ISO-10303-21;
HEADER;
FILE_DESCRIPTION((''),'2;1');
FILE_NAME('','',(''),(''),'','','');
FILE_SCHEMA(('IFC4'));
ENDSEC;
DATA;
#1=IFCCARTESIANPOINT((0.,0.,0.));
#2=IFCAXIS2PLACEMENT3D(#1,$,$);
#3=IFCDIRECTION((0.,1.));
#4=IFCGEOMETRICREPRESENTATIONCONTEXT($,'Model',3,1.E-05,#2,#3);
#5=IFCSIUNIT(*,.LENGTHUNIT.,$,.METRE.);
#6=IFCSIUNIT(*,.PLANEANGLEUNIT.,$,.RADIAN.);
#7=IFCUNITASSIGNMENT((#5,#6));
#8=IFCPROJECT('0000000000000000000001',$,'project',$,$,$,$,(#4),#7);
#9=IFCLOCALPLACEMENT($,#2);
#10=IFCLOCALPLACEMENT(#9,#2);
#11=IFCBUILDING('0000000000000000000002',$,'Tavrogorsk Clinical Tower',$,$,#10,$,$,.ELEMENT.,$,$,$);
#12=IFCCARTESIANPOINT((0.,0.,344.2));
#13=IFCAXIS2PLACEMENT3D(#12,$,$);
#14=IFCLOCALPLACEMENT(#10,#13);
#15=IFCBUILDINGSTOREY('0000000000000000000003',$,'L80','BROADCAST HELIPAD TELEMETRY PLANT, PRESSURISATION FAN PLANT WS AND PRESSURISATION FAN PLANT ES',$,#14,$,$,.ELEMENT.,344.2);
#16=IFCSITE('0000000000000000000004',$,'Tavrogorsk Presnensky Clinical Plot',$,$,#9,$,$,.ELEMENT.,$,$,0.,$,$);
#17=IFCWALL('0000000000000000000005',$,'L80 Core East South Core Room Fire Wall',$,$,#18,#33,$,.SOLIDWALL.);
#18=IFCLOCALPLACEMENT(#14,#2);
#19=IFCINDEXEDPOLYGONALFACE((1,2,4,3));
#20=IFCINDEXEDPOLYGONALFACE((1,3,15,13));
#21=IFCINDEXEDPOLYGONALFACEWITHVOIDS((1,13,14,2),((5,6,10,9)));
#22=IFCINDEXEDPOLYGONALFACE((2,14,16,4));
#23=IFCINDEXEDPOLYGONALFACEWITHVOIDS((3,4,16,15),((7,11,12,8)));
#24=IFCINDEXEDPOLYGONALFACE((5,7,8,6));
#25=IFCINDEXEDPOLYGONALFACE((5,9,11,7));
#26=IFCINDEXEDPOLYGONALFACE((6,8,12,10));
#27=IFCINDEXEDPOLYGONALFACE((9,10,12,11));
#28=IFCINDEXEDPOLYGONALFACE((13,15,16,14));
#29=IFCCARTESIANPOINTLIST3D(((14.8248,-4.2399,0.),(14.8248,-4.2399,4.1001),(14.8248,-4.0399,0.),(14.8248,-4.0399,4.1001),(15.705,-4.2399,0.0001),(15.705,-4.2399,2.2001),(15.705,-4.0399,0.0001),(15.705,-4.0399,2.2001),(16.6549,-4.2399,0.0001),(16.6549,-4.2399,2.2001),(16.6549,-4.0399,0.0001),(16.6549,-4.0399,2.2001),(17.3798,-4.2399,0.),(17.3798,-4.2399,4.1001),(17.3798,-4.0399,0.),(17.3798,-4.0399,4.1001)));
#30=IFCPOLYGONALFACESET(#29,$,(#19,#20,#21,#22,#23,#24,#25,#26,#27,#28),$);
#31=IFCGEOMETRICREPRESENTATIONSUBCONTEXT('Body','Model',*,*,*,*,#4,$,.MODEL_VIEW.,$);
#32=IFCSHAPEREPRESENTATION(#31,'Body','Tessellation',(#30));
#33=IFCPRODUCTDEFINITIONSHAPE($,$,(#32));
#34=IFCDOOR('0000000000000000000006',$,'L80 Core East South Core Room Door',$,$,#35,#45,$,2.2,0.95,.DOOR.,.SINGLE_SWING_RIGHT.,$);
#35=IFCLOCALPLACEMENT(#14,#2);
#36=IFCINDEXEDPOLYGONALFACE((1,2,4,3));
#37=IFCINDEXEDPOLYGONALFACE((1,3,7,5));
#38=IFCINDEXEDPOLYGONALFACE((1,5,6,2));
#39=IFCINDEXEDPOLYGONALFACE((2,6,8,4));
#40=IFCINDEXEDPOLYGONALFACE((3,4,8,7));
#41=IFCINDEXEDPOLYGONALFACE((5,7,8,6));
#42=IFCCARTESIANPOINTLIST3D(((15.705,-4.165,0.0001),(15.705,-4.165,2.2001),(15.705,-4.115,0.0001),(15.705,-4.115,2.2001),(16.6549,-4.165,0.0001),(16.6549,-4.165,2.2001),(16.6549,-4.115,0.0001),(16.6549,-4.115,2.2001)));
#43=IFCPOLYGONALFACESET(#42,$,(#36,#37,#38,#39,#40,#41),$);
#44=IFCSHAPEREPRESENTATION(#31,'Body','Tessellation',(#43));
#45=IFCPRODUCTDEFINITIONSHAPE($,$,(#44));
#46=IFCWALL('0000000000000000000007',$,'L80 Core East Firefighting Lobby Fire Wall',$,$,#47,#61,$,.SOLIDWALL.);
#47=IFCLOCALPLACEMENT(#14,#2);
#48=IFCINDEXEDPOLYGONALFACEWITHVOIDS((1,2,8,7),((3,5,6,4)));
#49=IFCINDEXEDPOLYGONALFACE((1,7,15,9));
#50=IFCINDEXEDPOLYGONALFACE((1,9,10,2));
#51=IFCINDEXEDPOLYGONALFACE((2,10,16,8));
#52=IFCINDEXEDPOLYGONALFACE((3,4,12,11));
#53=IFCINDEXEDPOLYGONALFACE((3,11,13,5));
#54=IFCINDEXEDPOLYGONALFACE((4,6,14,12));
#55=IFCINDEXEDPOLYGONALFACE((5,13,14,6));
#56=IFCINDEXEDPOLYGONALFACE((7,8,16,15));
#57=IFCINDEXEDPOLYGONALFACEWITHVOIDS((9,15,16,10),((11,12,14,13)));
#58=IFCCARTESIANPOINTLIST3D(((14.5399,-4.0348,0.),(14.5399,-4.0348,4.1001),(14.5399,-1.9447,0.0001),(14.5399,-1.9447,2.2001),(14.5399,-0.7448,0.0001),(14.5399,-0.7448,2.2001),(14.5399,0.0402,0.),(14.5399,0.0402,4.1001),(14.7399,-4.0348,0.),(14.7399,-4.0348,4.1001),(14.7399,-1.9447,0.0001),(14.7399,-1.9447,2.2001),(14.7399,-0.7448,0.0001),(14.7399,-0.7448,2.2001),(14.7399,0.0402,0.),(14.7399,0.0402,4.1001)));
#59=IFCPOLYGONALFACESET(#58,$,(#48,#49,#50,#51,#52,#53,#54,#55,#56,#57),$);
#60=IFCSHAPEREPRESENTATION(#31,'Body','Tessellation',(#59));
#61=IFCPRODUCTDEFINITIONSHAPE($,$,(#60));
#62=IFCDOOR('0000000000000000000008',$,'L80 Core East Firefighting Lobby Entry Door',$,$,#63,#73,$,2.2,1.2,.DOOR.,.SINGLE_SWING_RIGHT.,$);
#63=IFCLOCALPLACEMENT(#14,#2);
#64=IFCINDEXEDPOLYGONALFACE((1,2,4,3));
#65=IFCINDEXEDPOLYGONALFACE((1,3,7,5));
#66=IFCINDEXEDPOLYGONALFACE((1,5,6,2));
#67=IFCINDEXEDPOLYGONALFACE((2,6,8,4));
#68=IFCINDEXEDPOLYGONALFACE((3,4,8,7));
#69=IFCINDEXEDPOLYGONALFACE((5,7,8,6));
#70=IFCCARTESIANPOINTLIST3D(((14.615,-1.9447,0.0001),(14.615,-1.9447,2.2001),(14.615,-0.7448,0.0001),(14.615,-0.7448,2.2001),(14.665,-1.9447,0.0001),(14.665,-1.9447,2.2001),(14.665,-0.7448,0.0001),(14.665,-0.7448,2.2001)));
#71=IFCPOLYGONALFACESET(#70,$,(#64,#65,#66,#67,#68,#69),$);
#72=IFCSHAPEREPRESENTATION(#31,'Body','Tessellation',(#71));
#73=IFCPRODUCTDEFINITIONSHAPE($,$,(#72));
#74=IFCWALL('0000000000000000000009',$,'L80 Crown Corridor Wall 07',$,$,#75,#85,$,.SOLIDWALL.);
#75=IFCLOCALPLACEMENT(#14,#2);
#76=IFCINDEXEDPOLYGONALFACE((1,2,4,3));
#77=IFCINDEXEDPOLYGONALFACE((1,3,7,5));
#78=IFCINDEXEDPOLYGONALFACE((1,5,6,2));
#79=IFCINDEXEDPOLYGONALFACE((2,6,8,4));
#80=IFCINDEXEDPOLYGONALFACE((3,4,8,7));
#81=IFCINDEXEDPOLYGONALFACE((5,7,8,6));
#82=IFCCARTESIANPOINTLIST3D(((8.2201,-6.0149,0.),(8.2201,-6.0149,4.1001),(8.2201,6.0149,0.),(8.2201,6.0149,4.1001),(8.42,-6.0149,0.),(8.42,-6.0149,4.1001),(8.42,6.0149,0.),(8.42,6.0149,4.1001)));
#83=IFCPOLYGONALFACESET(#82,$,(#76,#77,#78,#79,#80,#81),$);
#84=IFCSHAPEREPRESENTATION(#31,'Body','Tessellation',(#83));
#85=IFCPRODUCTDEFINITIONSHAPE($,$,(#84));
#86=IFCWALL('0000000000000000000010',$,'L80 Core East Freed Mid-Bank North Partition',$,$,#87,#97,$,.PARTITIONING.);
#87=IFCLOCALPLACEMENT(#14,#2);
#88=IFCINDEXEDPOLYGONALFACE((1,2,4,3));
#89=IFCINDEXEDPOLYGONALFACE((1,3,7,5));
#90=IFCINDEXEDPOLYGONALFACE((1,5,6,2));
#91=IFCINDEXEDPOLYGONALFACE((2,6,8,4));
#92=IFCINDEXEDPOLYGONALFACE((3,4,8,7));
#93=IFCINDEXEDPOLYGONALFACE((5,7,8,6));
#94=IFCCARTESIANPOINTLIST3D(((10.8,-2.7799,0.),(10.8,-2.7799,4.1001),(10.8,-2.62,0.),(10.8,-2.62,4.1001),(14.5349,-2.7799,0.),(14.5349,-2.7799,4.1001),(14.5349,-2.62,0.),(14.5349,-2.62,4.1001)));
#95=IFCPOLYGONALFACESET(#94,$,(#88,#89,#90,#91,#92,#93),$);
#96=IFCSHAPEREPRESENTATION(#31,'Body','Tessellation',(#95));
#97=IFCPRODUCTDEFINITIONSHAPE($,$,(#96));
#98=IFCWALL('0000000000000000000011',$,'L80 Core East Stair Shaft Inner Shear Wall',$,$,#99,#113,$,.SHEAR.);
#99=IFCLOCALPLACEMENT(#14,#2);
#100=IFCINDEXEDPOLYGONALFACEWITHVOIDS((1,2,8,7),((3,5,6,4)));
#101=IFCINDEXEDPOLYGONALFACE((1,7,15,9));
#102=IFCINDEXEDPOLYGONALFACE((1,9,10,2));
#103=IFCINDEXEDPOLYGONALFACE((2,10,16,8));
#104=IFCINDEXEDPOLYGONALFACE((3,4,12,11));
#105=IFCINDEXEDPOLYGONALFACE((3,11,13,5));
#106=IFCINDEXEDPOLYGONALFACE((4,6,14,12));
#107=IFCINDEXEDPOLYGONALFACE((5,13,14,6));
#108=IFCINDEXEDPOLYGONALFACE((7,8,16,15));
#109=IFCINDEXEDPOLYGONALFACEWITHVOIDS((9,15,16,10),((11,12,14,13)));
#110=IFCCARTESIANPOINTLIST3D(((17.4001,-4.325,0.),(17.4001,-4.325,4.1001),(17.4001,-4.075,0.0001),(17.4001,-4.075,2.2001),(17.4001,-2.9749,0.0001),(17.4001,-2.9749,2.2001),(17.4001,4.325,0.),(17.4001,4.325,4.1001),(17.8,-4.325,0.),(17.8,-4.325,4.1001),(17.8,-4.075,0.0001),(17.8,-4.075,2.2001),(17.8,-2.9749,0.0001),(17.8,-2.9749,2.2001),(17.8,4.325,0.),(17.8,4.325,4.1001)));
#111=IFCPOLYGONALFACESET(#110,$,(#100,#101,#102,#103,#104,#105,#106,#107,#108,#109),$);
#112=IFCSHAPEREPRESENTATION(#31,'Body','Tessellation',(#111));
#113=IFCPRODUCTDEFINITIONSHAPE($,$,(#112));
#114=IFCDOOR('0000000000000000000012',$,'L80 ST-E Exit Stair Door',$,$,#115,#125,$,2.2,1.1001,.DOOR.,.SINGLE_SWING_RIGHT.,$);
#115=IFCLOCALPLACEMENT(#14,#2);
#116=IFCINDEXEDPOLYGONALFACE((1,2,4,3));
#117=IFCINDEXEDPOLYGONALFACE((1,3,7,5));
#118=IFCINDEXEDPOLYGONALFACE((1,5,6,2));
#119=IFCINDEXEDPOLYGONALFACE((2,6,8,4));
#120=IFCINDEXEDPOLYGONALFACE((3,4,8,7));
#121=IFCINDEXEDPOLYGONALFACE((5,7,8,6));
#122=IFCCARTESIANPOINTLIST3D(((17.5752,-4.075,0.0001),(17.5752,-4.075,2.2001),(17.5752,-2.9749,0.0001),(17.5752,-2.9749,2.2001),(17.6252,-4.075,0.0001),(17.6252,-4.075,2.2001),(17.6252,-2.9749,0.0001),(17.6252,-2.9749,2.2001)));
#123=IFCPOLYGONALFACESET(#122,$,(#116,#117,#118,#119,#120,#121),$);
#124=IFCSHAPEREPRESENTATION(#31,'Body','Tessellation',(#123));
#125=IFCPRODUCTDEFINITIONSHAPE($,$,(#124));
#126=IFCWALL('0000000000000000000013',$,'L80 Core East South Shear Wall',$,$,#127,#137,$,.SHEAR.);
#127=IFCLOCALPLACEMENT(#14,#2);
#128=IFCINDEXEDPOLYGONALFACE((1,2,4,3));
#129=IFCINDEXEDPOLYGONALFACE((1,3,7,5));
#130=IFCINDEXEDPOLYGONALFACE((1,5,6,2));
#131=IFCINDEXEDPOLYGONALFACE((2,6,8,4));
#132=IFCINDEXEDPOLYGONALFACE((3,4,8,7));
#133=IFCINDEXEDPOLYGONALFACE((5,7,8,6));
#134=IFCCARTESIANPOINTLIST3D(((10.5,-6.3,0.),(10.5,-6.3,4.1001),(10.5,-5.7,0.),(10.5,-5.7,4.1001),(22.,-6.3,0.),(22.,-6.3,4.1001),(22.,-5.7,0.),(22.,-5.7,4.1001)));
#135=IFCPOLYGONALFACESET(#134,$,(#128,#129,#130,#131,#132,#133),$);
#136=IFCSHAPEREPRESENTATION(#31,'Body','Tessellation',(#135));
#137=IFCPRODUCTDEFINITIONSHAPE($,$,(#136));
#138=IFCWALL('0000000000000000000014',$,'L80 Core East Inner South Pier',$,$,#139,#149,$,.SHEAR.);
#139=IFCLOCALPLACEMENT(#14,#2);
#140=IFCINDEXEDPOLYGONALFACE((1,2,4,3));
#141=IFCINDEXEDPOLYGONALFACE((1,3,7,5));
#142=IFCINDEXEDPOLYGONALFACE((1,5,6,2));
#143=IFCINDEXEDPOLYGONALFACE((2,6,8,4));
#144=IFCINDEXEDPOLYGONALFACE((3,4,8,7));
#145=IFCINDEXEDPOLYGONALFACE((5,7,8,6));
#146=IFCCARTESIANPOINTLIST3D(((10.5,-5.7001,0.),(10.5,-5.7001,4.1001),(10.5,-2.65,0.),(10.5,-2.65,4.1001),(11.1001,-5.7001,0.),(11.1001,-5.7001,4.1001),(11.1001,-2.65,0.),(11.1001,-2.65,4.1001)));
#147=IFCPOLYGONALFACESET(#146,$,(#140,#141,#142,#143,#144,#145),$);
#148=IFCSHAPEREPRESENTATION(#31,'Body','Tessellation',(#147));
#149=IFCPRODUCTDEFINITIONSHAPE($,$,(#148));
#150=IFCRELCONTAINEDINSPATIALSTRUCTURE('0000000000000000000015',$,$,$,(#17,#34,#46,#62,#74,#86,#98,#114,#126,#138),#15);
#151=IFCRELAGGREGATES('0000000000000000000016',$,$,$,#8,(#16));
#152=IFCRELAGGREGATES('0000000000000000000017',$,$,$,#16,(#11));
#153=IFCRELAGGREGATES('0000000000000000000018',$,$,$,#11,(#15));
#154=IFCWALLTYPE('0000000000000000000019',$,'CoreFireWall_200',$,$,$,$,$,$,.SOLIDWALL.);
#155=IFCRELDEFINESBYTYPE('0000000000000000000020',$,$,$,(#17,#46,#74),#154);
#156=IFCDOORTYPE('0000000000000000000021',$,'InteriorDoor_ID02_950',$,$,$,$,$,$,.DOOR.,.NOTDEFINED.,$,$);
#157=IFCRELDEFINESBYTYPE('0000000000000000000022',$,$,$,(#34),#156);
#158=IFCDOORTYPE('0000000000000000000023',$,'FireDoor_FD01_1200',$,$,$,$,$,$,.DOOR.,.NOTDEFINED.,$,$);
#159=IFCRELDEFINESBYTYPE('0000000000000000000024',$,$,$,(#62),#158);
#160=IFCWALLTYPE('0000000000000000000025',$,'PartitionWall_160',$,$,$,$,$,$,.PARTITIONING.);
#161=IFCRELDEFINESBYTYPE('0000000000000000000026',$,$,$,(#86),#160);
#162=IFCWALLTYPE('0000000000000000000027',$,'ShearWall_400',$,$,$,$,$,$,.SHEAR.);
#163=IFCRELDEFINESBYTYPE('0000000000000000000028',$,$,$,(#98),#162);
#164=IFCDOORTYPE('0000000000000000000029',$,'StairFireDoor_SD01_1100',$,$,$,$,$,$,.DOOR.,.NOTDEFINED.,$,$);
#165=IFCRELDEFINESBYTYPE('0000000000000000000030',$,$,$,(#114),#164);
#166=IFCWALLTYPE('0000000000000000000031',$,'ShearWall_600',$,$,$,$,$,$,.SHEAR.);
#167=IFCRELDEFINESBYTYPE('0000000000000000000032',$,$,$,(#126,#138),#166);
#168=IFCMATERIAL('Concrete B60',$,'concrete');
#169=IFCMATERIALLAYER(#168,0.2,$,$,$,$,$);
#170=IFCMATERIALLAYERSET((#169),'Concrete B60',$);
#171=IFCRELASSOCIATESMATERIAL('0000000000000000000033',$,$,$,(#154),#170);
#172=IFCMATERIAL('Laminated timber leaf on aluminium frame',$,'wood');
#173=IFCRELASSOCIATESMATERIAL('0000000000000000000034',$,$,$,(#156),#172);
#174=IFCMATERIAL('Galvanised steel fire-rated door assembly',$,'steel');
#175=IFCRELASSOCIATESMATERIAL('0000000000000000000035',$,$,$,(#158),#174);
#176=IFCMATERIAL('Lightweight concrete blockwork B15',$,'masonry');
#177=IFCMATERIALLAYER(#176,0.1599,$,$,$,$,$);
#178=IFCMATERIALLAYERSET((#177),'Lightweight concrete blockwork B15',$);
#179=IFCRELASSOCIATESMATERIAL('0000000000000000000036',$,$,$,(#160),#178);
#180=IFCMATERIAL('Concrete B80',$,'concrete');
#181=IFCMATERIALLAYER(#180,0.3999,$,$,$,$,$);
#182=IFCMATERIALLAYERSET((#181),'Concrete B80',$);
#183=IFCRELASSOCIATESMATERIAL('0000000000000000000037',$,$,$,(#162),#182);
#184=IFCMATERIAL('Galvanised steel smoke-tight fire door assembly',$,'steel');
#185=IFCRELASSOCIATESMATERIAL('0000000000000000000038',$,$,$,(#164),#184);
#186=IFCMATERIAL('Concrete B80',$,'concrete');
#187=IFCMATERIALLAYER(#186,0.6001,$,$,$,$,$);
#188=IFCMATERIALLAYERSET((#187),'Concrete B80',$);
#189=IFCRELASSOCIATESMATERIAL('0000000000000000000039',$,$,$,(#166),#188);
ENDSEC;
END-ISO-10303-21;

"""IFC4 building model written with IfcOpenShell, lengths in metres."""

from ifc_helpers import new_model, si_unit, direction, frame, frame_2d, origin, place, context, subcontext, project, spatial, rectangle, extrude, material, layer, layer_set, type_object, element, fill, save


model = new_model("IFC4")

# Units and contexts
model_context = context("Model", 3, precision=1e-05, world=origin(), true_north=direction((0.0, 1.0)))
body_context = subcontext(model_context, "Body", "Model", "MODEL_VIEW")
ifc_project = project(units=[si_unit("LENGTHUNIT", "METRE"), si_unit("PLANEANGLEUNIT", "RADIAN")], contexts=[model_context])

# Site, building, storey
site_placement = place(None, origin())
site = spatial("IfcSite", under=ifc_project, at=site_placement, Name="Tavrogorsk Presnensky Clinical Plot", CompositionType="ELEMENT", RefElevation=0.0)
building_placement = place(site_placement, origin())
building = spatial("IfcBuilding", under=site, at=building_placement, Name="Tavrogorsk Clinical Tower", CompositionType="ELEMENT")
storey_placement = place(building_placement, frame((0.0, 0.0, 344.2)))
storey = spatial("IfcBuildingStorey", under=building, at=storey_placement, Name="L80", Description="BROADCAST HELIPAD TELEMETRY PLANT, PRESSURISATION FAN PLANT WS AND PRESSURISATION FAN PLANT ES", CompositionType="ELEMENT", Elevation=344.2)

# Walls, openings, doors
ifc_material_1 = material(Name="Concrete B60", Category="concrete")
ifc_layer_1 = layer(ifc_material_1, 0.2)
ifc_layer_set_1 = layer_set([ifc_layer_1], Name="Concrete B60")
wall_type_1 = type_object("IfcWallType", Name="CoreFireWall_200", PredefinedType="SOLIDWALL", material=ifc_layer_set_1)
wall_1_placement = place(storey_placement, frame((14.825, -4.1399, 0.0), z_axis=(0.0, 0.0, 1.0), x_axis=(1.0, 0.0, 0.0)))
wall_1 = element("IfcWall", 1, at=wall_1_placement, inside=storey, type_object=wall_type_1, Name="L80 Core East South Core Room Fire Wall", PredefinedType="SOLIDWALL", context=body_context, shape_type="SweptSolid", body=[
    extrude(rectangle(XDim=2.5549, YDim=0.2, at=frame_2d((1.2773, 0.0))), origin(), (0.0, 0.0, 1.0), 4.1001),
])
opening_1_placement = place(wall_1_placement, frame((0.8799, 0.0, 0.0)))
opening_1 = element("IfcOpeningElement", 2, at=opening_1_placement, cuts=wall_1, PredefinedType="OPENING", context=body_context, shape_type="SweptSolid", body=[
    extrude(rectangle(XDim=0.95, YDim=2.2, at=frame_2d((0.4751, 1.1001))), frame((0.0, 0.1099, 0.0), z_axis=(0.0, -1.0, 0.0), x_axis=(1.0, 0.0, 0.0)), (0.0, 0.0, 1.0), 0.22),
])
ifc_material_2 = material(Name="Laminated timber leaf on aluminium frame", Category="wood")
door_type_1 = type_object("IfcDoorType", Name="InteriorDoor_ID02_950", OperationType="NOTDEFINED", PredefinedType="DOOR", material=ifc_material_2)
door_1_placement = place(opening_1_placement, origin())
door_1 = element("IfcDoor", 3, at=door_1_placement, inside=storey, type_object=door_type_1, Name="L80 Core East South Core Room Door", OperationType="SINGLE_SWING_RIGHT", OverallHeight=2.2, OverallWidth=0.95, PredefinedType="DOOR", context=body_context, shape_type="SweptSolid", body=[
    extrude(rectangle(XDim=0.95, YDim=2.2, at=frame_2d((0.4751, 1.1001))), frame((0.0, 0.0249, 0.0), z_axis=(0.0, -1.0, 0.0), x_axis=(1.0, 0.0, 0.0)), (0.0, 0.0, 1.0), 0.05),
])
fill(opening_1, door_1)
wall_2_placement = place(storey_placement, frame((14.6399, -4.0349, 0.0), z_axis=(0.0, 0.0, 1.0), x_axis=(0.0, 1.0, 0.0)))
wall_2 = element("IfcWall", 4, at=wall_2_placement, inside=storey, type_object=wall_type_1, Name="L80 Core East Firefighting Lobby Fire Wall", PredefinedType="SOLIDWALL", context=body_context, shape_type="SweptSolid", body=[
    extrude(rectangle(XDim=4.075, YDim=0.2, at=frame_2d((2.0376, 0.0))), origin(), (0.0, 0.0, 1.0), 4.1001),
])
opening_2_placement = place(wall_2_placement, frame((2.0901, 0.0, 0.0)))
opening_2 = element("IfcOpeningElement", 5, at=opening_2_placement, cuts=wall_2, PredefinedType="OPENING", context=body_context, shape_type="SweptSolid", body=[
    extrude(rectangle(XDim=1.2, YDim=2.2, at=frame_2d((0.6001, 1.1001))), frame((0.0, 0.1099, 0.0), z_axis=(0.0, -1.0, 0.0), x_axis=(1.0, 0.0, 0.0)), (0.0, 0.0, 1.0), 0.22),
])
ifc_material_3 = material(Name="Galvanised steel fire-rated door assembly", Category="steel")
door_type_2 = type_object("IfcDoorType", Name="FireDoor_FD01_1200", OperationType="NOTDEFINED", PredefinedType="DOOR", material=ifc_material_3)
door_2_placement = place(opening_2_placement, origin())
door_2 = element("IfcDoor", 6, at=door_2_placement, inside=storey, type_object=door_type_2, Name="L80 Core East Firefighting Lobby Entry Door", OperationType="SINGLE_SWING_RIGHT", OverallHeight=2.2, OverallWidth=1.2, PredefinedType="DOOR", context=body_context, shape_type="SweptSolid", body=[
    extrude(rectangle(XDim=1.2, YDim=2.2, at=frame_2d((0.6001, 1.1001))), frame((0.0, 0.0249, 0.0), z_axis=(0.0, -1.0, 0.0), x_axis=(1.0, 0.0, 0.0)), (0.0, 0.0, 1.0), 0.05),
])
fill(opening_2, door_2)

# Walls
wall_3_placement = place(storey_placement, frame((8.3201, -6.0149, 0.0), z_axis=(0.0, 0.0, 1.0), x_axis=(0.0, 1.0, 0.0)))
element("IfcWall", 7, at=wall_3_placement, inside=storey, type_object=wall_type_1, Name="L80 Crown Corridor Wall 07", PredefinedType="SOLIDWALL", context=body_context, shape_type="SweptSolid", body=[
    extrude(rectangle(XDim=12.0298, YDim=0.2, at=frame_2d((6.0149, 0.0))), origin(), (0.0, 0.0, 1.0), 4.1001),
])
ifc_material_4 = material(Name="Lightweight concrete blockwork B15", Category="masonry")
ifc_layer_2 = layer(ifc_material_4, 0.1599)
ifc_layer_set_2 = layer_set([ifc_layer_2], Name="Lightweight concrete blockwork B15")
wall_type_2 = type_object("IfcWallType", Name="PartitionWall_160", PredefinedType="PARTITIONING", material=ifc_layer_set_2)
wall_4_placement = place(storey_placement, frame((10.8, -2.7, 0.0), z_axis=(0.0, 0.0, 1.0), x_axis=(1.0, 0.0, 0.0)))
element("IfcWall", 8, at=wall_4_placement, inside=storey, type_object=wall_type_2, Name="L80 Core East Freed Mid-Bank North Partition", PredefinedType="PARTITIONING", context=body_context, shape_type="SweptSolid", body=[
    extrude(rectangle(XDim=3.7349, YDim=0.1599, at=frame_2d((1.8674, 0.0))), origin(), (0.0, 0.0, 1.0), 4.1001),
])

# Wall, opening, door
ifc_material_5 = material(Name="Concrete B80", Category="concrete")
ifc_layer_3 = layer(ifc_material_5, 0.3999)
ifc_layer_set_3 = layer_set([ifc_layer_3], Name="Concrete B80")
wall_type_3 = type_object("IfcWallType", Name="ShearWall_400", PredefinedType="SHEAR", material=ifc_layer_set_3)
wall_5_placement = place(storey_placement, frame((17.6001, -4.325, 0.0), z_axis=(0.0, 0.0, 1.0), x_axis=(0.0, 1.0, 0.0)))
wall_5 = element("IfcWall", 9, at=wall_5_placement, inside=storey, type_object=wall_type_3, Name="L80 Core East Stair Shaft Inner Shear Wall", PredefinedType="SHEAR", context=body_context, shape_type="SweptSolid", body=[
    extrude(rectangle(XDim=8.6499, YDim=0.3999, at=frame_2d((4.325, 0.0))), origin(), (0.0, 0.0, 1.0), 4.1001),
])
opening_3_placement = place(wall_5_placement, frame((0.25, 0.0, 0.0)))
opening_3 = element("IfcOpeningElement", 10, at=opening_3_placement, cuts=wall_5, PredefinedType="OPENING", context=body_context, shape_type="SweptSolid", body=[
    extrude(rectangle(XDim=1.1001, YDim=2.2, at=frame_2d((0.55, 1.1001))), frame((0.0, 0.21, 0.0), z_axis=(0.0, -1.0, 0.0), x_axis=(1.0, 0.0, 0.0)), (0.0, 0.0, 1.0), 0.4199),
])
ifc_material_6 = material(Name="Galvanised steel smoke-tight fire door assembly", Category="steel")
door_type_3 = type_object("IfcDoorType", Name="StairFireDoor_SD01_1100", OperationType="NOTDEFINED", PredefinedType="DOOR", material=ifc_material_6)
door_3_placement = place(opening_3_placement, origin())
door_3 = element("IfcDoor", 11, at=door_3_placement, inside=storey, type_object=door_type_3, Name="L80 ST-E Exit Stair Door", OperationType="SINGLE_SWING_RIGHT", OverallHeight=2.2, OverallWidth=1.1001, PredefinedType="DOOR", context=body_context, shape_type="SweptSolid", body=[
    extrude(rectangle(XDim=1.1001, YDim=2.2, at=frame_2d((0.55, 1.1001))), frame((0.0, 0.0249, 0.0), z_axis=(0.0, -1.0, 0.0), x_axis=(1.0, 0.0, 0.0)), (0.0, 0.0, 1.0), 0.05),
])
fill(opening_3, door_3)

# Walls
ifc_material_7 = material(Name="Concrete B80", Category="concrete")
ifc_layer_4 = layer(ifc_material_7, 0.6001)
ifc_layer_set_4 = layer_set([ifc_layer_4], Name="Concrete B80")
wall_type_4 = type_object("IfcWallType", Name="ShearWall_600", PredefinedType="SHEAR", material=ifc_layer_set_4)
wall_6_placement = place(storey_placement, frame((10.5, -6.0, 0.0), z_axis=(0.0, 0.0, 1.0), x_axis=(1.0, 0.0, 0.0)))
element("IfcWall", 12, at=wall_6_placement, inside=storey, type_object=wall_type_4, Name="L80 Core East South Shear Wall", PredefinedType="SHEAR", context=body_context, shape_type="SweptSolid", body=[
    extrude(rectangle(XDim=11.5, YDim=0.6001, at=frame_2d((5.75, 0.0))), origin(), (0.0, 0.0, 1.0), 4.1001),
])
wall_7_placement = place(storey_placement, frame((10.8, -5.7, 0.0), z_axis=(0.0, 0.0, 1.0), x_axis=(0.0, 1.0, 0.0)))
element("IfcWall", 13, at=wall_7_placement, inside=storey, type_object=wall_type_4, Name="L80 Core East Inner South Pier", PredefinedType="SHEAR", context=body_context, shape_type="SweptSolid", body=[
    extrude(rectangle(XDim=3.05, YDim=0.6001, at=frame_2d((1.5249, 0.0))), origin(), (0.0, 0.0, 1.0), 4.1001),
])

save(model, "model.ifc")
